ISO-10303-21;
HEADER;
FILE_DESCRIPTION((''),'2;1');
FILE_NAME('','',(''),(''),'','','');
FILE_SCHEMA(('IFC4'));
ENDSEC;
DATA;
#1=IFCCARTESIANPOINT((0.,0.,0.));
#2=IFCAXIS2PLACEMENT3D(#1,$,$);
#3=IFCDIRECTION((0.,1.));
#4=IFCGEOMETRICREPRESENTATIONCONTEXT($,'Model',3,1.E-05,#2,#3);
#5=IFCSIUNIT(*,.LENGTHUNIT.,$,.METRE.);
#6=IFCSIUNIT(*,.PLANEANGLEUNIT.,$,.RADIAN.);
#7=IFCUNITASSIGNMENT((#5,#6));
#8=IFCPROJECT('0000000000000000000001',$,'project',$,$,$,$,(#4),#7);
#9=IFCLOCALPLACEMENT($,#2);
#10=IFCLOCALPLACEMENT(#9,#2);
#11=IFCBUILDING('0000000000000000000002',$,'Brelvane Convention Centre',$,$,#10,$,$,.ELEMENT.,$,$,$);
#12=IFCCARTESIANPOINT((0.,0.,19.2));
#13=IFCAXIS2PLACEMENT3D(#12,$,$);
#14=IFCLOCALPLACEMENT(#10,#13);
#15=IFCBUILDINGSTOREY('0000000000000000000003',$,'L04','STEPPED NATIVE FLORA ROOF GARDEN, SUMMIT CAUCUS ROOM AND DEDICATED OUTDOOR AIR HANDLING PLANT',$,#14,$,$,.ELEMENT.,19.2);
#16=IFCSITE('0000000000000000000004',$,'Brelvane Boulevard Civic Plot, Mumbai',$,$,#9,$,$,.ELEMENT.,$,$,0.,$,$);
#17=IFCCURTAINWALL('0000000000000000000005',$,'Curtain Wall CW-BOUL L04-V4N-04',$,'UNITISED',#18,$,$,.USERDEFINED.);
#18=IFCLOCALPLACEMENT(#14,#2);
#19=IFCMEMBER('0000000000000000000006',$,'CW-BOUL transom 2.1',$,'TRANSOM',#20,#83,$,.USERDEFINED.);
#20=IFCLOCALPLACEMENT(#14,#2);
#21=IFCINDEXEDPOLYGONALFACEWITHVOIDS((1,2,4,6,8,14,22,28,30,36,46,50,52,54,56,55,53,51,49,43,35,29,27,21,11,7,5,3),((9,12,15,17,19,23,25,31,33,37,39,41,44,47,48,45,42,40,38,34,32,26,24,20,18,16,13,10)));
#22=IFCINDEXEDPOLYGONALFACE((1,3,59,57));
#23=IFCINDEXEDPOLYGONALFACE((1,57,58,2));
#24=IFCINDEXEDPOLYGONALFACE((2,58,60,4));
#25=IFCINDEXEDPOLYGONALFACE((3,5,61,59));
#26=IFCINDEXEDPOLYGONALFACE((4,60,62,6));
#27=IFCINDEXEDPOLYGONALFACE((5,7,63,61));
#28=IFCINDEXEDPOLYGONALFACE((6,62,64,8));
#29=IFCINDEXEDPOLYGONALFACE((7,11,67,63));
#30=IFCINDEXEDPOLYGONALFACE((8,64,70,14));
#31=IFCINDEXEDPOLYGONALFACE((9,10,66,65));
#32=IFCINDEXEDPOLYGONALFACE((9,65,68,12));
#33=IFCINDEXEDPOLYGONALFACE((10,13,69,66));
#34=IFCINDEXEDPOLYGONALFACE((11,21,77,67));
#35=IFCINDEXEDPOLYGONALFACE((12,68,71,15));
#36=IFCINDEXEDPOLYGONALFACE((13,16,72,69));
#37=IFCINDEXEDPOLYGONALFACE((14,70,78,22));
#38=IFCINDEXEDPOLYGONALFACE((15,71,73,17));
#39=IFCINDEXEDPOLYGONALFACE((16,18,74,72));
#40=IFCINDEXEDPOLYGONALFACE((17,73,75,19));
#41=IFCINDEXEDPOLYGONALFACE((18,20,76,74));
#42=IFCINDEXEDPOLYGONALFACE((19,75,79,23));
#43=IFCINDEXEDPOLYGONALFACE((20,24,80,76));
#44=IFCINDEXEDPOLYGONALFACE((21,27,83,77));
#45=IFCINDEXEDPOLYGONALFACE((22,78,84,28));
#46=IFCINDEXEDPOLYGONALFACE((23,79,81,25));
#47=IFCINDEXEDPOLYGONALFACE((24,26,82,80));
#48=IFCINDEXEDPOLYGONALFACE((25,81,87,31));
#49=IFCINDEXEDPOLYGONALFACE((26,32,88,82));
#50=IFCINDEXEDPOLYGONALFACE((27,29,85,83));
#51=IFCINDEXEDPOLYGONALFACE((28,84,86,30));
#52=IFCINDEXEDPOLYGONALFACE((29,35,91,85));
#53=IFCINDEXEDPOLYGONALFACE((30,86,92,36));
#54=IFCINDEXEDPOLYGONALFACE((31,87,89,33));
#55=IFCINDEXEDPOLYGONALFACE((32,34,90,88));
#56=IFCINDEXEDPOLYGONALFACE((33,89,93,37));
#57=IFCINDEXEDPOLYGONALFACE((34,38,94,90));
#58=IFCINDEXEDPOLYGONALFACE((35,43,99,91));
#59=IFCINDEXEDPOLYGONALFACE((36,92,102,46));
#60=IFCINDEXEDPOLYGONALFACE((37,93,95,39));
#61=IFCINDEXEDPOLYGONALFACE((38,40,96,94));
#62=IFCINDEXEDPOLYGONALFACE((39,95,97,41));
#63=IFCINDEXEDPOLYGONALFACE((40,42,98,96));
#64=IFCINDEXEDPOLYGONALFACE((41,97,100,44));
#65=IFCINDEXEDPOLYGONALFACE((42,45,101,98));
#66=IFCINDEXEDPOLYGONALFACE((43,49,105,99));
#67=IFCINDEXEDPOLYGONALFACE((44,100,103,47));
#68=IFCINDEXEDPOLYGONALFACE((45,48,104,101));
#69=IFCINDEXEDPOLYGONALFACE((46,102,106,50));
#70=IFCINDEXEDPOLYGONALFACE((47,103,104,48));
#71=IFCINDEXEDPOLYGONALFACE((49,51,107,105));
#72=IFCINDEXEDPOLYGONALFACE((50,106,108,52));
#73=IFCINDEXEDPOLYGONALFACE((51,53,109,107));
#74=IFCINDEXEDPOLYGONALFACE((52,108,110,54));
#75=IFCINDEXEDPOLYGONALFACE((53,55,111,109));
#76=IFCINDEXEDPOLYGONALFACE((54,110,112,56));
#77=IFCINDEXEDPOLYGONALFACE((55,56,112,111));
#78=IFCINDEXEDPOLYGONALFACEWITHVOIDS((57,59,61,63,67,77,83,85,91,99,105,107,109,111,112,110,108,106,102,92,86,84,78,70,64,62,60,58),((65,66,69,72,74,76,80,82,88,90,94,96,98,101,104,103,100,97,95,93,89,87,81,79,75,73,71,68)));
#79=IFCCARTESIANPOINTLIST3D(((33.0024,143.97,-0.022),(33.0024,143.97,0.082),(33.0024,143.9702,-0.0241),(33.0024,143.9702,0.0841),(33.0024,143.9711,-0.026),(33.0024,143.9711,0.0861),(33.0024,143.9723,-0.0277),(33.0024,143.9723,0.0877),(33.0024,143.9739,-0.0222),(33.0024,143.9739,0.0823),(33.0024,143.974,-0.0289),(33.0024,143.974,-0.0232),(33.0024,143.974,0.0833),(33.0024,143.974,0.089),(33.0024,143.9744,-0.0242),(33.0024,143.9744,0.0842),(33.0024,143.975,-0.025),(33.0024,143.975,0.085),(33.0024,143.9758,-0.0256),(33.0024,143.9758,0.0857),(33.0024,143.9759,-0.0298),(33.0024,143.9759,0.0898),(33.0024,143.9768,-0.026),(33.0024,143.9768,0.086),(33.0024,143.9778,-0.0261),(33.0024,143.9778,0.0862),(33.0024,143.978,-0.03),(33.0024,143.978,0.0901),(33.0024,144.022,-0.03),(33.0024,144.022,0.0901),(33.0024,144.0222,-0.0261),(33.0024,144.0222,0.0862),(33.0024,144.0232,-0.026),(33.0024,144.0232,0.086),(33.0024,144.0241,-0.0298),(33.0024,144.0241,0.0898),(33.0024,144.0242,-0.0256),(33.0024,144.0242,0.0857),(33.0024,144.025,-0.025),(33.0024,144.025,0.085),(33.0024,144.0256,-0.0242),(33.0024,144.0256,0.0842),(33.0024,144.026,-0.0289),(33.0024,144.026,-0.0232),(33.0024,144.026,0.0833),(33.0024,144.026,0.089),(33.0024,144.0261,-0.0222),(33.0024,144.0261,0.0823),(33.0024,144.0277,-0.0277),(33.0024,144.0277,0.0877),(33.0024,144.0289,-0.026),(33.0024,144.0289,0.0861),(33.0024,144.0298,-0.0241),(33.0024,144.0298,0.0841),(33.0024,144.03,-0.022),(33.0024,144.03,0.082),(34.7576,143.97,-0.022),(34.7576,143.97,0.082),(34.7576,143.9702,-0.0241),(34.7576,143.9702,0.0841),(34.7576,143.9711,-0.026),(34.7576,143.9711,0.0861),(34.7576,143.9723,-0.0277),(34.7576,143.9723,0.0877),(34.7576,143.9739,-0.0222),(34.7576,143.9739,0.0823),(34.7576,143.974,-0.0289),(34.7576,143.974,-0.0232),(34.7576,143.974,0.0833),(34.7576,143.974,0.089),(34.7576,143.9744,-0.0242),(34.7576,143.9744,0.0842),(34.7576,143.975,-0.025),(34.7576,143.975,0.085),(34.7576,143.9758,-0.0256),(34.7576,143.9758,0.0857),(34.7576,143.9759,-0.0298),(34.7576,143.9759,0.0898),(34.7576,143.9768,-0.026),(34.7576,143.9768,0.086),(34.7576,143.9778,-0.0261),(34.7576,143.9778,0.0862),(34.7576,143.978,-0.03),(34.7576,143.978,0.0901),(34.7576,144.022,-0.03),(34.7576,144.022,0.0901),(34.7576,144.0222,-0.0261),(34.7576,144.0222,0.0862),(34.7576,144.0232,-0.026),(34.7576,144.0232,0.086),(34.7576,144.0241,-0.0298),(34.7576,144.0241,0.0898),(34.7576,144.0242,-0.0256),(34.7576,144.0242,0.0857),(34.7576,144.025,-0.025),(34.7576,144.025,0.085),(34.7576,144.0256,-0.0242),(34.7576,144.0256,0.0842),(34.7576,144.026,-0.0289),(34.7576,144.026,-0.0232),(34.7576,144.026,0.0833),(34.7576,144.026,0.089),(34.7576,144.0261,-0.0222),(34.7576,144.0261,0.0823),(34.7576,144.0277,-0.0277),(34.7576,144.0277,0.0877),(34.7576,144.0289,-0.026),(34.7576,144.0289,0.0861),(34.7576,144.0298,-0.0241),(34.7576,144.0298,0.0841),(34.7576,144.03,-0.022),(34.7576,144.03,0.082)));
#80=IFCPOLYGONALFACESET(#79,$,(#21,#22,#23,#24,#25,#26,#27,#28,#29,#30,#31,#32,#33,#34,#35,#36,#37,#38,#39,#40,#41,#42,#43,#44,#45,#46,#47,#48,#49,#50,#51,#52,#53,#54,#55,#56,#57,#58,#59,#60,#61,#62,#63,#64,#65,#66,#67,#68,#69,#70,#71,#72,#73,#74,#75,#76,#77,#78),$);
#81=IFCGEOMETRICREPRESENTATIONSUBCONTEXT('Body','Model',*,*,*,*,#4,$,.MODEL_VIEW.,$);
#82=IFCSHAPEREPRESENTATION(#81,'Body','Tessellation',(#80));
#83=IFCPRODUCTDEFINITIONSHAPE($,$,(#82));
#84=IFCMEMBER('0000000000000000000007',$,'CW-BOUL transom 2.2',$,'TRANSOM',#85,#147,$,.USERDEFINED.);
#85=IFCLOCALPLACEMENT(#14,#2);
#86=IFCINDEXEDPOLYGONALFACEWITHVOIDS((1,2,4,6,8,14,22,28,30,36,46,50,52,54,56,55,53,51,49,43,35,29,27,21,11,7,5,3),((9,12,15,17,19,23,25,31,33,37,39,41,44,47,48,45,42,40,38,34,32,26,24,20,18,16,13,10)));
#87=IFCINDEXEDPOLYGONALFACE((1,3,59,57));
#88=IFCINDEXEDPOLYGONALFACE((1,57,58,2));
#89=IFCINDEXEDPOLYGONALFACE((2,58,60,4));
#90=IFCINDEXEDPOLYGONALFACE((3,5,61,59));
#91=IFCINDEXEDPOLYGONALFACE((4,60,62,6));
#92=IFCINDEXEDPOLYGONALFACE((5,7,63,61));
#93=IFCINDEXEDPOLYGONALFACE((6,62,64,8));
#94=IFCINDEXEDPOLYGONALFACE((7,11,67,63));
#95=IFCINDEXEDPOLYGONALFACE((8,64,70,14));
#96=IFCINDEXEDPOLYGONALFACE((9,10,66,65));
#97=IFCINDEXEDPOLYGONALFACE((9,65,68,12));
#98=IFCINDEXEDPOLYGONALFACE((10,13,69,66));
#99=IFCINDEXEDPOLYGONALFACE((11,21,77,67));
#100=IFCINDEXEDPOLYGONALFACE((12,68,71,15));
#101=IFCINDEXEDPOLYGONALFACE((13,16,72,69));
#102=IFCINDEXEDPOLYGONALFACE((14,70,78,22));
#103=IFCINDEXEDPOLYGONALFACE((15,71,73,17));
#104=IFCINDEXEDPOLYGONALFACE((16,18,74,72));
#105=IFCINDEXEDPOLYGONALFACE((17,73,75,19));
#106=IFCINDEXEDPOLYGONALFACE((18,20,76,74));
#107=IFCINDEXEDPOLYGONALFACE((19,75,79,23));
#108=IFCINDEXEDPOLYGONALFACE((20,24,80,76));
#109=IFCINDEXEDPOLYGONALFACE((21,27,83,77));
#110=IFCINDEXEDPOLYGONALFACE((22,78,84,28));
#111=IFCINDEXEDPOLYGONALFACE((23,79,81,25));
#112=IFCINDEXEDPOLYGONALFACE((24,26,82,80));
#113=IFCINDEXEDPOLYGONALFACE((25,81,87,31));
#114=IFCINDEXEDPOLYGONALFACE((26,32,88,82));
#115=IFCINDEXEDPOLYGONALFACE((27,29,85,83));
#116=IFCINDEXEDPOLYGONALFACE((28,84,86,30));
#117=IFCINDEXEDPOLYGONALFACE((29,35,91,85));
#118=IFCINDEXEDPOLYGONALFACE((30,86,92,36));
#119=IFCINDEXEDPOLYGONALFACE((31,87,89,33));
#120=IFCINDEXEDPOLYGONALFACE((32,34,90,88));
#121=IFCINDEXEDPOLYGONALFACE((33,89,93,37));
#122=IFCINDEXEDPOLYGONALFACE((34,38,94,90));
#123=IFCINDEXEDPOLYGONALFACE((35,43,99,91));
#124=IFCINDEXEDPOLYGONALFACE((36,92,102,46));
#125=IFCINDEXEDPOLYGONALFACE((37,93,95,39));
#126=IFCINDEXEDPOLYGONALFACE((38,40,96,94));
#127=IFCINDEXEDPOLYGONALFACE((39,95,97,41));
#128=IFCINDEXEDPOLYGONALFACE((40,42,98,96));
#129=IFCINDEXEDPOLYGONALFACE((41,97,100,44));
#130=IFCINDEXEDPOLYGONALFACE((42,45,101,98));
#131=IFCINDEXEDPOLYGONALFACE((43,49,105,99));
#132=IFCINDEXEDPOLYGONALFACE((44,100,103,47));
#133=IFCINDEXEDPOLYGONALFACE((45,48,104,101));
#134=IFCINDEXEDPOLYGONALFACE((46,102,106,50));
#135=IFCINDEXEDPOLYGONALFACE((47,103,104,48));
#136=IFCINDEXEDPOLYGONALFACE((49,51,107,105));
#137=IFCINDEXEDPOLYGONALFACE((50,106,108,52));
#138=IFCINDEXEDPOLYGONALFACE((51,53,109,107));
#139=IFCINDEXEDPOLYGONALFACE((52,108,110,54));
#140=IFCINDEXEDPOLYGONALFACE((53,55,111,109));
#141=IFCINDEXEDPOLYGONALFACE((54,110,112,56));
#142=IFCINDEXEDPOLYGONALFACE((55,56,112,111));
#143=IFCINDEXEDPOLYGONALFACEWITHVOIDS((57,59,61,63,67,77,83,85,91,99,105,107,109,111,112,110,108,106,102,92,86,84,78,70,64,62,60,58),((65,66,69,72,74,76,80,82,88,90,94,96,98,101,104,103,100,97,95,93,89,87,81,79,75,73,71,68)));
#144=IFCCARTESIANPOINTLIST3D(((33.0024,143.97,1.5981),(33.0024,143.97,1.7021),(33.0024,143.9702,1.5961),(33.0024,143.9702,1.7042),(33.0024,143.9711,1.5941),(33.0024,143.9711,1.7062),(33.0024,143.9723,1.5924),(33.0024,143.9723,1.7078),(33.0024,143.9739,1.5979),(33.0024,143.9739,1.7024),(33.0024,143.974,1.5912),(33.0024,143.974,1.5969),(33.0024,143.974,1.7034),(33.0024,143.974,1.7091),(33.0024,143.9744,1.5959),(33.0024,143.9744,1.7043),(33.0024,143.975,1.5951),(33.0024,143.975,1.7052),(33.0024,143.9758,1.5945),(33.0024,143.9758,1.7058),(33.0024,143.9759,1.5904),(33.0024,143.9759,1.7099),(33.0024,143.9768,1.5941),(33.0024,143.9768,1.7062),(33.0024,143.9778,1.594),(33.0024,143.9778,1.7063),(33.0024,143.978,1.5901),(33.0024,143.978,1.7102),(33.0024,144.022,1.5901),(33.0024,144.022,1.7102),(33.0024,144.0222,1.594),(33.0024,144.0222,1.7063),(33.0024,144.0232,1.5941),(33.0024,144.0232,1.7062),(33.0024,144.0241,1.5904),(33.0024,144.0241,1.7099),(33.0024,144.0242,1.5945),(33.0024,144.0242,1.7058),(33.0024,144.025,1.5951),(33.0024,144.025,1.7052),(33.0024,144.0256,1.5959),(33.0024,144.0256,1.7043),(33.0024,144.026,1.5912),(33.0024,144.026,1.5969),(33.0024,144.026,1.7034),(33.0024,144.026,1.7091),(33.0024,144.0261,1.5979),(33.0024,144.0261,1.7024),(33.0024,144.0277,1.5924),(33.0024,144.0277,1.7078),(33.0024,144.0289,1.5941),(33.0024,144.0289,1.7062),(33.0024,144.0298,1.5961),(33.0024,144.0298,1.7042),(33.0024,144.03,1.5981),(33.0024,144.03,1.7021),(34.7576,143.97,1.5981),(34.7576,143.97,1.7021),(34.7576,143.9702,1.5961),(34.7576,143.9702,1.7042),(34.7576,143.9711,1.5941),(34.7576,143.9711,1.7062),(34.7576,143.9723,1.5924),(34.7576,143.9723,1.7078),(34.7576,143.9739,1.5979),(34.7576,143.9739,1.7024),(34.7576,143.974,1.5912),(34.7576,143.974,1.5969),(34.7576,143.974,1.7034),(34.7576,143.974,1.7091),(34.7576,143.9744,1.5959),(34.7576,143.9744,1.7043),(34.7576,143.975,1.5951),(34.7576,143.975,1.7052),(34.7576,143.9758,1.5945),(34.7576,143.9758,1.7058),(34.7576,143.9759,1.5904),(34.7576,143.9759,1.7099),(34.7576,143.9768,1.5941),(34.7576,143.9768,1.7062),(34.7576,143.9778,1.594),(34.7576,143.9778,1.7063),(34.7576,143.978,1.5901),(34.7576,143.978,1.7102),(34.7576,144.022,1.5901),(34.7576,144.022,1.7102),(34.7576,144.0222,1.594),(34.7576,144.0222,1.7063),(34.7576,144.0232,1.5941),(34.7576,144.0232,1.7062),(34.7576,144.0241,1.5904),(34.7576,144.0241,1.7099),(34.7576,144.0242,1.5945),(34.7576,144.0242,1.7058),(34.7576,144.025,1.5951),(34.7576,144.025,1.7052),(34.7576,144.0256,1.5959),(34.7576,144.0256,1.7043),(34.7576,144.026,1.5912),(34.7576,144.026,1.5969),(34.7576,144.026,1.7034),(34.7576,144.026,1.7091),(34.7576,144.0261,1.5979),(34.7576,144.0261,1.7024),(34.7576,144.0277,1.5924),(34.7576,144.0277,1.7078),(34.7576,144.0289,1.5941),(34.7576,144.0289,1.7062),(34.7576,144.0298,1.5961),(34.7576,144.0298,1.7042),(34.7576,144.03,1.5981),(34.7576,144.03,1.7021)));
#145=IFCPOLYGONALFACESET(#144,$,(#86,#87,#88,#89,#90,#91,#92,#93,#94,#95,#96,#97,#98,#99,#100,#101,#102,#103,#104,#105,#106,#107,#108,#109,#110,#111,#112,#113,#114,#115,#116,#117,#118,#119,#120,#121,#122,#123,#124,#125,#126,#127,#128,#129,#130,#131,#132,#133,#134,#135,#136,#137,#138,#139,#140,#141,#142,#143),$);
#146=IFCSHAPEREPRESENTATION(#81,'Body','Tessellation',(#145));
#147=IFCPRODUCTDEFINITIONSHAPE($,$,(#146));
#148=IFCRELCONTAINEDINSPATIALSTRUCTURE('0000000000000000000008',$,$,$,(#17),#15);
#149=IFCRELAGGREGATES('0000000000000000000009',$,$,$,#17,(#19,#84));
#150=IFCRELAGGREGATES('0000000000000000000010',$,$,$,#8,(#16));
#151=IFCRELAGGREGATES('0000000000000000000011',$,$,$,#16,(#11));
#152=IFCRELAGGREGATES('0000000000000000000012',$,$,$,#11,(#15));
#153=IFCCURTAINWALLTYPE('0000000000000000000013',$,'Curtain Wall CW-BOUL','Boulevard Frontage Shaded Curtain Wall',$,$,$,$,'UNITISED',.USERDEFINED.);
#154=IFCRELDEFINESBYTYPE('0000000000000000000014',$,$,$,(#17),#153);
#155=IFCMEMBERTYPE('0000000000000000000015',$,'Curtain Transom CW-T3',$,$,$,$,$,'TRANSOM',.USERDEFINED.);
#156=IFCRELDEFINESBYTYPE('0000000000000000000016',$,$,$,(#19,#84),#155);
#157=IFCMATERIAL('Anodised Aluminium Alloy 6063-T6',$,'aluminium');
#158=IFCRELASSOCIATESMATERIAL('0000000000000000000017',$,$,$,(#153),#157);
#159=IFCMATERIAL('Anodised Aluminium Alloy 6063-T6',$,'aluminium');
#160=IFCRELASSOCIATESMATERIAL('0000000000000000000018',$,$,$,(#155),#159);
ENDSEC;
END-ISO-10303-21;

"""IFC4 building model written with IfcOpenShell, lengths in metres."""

from ifc_helpers import new_model, si_unit, direction, frame, origin, origin_2d, place, context, subcontext, project, spatial, hollow_rectangle, extrude, material, material_profile, profile_set, type_object, element, aggregate, save


model = new_model("IFC4")

# Units and contexts
model_context = context("Model", 3, precision=1e-05, world=origin(), true_north=direction((0.0, 1.0)))
body_context = subcontext(model_context, "Body", "Model", "MODEL_VIEW")
ifc_project = project(units=[si_unit("LENGTHUNIT", "METRE"), si_unit("PLANEANGLEUNIT", "RADIAN")], contexts=[model_context])

# Site, building, storey
site_placement = place(None, origin())
site = spatial("IfcSite", under=ifc_project, at=site_placement, Name="Brelvane Boulevard Civic Plot, Mumbai", CompositionType="ELEMENT", RefElevation=0.0)
building_placement = place(site_placement, origin())
building = spatial("IfcBuilding", under=site, at=building_placement, Name="Brelvane Convention Centre", CompositionType="ELEMENT")
storey_placement = place(building_placement, frame((0.0, 0.0, 19.2)))
storey = spatial("IfcBuildingStorey", under=building, at=storey_placement, Name="L04", Description="STEPPED NATIVE FLORA ROOF GARDEN, SUMMIT CAUCUS ROOM AND DEDICATED OUTDOOR AIR HANDLING PLANT", CompositionType="ELEMENT", Elevation=19.2)

# Shared definitions
ifc_material_1 = material(Name="Anodised Aluminium Alloy 6063-T6", Category="aluminium")
curtain_wall_type = type_object("IfcCurtainWallType", Name="Curtain Wall CW-BOUL", Description="Boulevard Frontage Shaded Curtain Wall", ElementType="UNITISED", PredefinedType="USERDEFINED", material=ifc_material_1)

# Curtain wall
curtain_wall_1_placement = place(storey_placement, origin())
curtain_wall_1 = element("IfcCurtainWall", 1, at=curtain_wall_1_placement, inside=storey, type_object=curtain_wall_type, Name="Curtain Wall CW-BOUL L04-V4N-04", ObjectType="UNITISED", PredefinedType="USERDEFINED")

# Members
ifc_material_2 = material(Name="Anodised Aluminium Alloy 6063-T6", Category="aluminium")
ifc_material_profile_1 = material_profile(ifc_material_2, hollow_rectangle(XDim=0.0601, YDim=0.1201, WallThickness=0.0039, InnerFilletRadius=0.0039, OuterFilletRadius=0.0081, at=origin_2d()), Name="ALU-T 120x60x4.0")
ifc_profile_set_1 = profile_set([ifc_material_profile_1], Name="Anodised Aluminium Alloy 6063-T6")
member_type_1 = type_object("IfcMemberType", Name="Curtain Transom CW-T3", ElementType="TRANSOM", PredefinedType="USERDEFINED", material=ifc_profile_set_1)
member_1_placement = place(storey_placement, frame((33.0024, 144.0, 0.03), z_axis=(1.0, 0.0, 0.0), x_axis=(0.0, 1.0, 0.0)))
member_1 = element("IfcMember", 2, at=member_1_placement, type_object=member_type_1, Name="CW-BOUL transom 2.1", ObjectType="TRANSOM", PredefinedType="USERDEFINED", context=body_context, shape_type="SweptSolid", body=[
    extrude(hollow_rectangle(XDim=0.0601, YDim=0.1201, WallThickness=0.0039, InnerFilletRadius=0.0039, OuterFilletRadius=0.0081, at=origin_2d()), origin(), (0.0, 0.0, 1.0), 1.7551),
])
member_2_placement = place(storey_placement, frame((33.0024, 144.0, 1.6501), z_axis=(1.0, 0.0, 0.0), x_axis=(0.0, 1.0, 0.0)))
member_2 = element("IfcMember", 3, at=member_2_placement, type_object=member_type_1, Name="CW-BOUL transom 2.2", ObjectType="TRANSOM", PredefinedType="USERDEFINED", context=body_context, shape_type="SweptSolid", body=[
    extrude(hollow_rectangle(XDim=0.0601, YDim=0.1201, WallThickness=0.0039, InnerFilletRadius=0.0039, OuterFilletRadius=0.0081, at=origin_2d()), origin(), (0.0, 0.0, 1.0), 1.7551),
])

aggregate(curtain_wall_1, [member_1, member_2])

save(model, "model.ifc")
